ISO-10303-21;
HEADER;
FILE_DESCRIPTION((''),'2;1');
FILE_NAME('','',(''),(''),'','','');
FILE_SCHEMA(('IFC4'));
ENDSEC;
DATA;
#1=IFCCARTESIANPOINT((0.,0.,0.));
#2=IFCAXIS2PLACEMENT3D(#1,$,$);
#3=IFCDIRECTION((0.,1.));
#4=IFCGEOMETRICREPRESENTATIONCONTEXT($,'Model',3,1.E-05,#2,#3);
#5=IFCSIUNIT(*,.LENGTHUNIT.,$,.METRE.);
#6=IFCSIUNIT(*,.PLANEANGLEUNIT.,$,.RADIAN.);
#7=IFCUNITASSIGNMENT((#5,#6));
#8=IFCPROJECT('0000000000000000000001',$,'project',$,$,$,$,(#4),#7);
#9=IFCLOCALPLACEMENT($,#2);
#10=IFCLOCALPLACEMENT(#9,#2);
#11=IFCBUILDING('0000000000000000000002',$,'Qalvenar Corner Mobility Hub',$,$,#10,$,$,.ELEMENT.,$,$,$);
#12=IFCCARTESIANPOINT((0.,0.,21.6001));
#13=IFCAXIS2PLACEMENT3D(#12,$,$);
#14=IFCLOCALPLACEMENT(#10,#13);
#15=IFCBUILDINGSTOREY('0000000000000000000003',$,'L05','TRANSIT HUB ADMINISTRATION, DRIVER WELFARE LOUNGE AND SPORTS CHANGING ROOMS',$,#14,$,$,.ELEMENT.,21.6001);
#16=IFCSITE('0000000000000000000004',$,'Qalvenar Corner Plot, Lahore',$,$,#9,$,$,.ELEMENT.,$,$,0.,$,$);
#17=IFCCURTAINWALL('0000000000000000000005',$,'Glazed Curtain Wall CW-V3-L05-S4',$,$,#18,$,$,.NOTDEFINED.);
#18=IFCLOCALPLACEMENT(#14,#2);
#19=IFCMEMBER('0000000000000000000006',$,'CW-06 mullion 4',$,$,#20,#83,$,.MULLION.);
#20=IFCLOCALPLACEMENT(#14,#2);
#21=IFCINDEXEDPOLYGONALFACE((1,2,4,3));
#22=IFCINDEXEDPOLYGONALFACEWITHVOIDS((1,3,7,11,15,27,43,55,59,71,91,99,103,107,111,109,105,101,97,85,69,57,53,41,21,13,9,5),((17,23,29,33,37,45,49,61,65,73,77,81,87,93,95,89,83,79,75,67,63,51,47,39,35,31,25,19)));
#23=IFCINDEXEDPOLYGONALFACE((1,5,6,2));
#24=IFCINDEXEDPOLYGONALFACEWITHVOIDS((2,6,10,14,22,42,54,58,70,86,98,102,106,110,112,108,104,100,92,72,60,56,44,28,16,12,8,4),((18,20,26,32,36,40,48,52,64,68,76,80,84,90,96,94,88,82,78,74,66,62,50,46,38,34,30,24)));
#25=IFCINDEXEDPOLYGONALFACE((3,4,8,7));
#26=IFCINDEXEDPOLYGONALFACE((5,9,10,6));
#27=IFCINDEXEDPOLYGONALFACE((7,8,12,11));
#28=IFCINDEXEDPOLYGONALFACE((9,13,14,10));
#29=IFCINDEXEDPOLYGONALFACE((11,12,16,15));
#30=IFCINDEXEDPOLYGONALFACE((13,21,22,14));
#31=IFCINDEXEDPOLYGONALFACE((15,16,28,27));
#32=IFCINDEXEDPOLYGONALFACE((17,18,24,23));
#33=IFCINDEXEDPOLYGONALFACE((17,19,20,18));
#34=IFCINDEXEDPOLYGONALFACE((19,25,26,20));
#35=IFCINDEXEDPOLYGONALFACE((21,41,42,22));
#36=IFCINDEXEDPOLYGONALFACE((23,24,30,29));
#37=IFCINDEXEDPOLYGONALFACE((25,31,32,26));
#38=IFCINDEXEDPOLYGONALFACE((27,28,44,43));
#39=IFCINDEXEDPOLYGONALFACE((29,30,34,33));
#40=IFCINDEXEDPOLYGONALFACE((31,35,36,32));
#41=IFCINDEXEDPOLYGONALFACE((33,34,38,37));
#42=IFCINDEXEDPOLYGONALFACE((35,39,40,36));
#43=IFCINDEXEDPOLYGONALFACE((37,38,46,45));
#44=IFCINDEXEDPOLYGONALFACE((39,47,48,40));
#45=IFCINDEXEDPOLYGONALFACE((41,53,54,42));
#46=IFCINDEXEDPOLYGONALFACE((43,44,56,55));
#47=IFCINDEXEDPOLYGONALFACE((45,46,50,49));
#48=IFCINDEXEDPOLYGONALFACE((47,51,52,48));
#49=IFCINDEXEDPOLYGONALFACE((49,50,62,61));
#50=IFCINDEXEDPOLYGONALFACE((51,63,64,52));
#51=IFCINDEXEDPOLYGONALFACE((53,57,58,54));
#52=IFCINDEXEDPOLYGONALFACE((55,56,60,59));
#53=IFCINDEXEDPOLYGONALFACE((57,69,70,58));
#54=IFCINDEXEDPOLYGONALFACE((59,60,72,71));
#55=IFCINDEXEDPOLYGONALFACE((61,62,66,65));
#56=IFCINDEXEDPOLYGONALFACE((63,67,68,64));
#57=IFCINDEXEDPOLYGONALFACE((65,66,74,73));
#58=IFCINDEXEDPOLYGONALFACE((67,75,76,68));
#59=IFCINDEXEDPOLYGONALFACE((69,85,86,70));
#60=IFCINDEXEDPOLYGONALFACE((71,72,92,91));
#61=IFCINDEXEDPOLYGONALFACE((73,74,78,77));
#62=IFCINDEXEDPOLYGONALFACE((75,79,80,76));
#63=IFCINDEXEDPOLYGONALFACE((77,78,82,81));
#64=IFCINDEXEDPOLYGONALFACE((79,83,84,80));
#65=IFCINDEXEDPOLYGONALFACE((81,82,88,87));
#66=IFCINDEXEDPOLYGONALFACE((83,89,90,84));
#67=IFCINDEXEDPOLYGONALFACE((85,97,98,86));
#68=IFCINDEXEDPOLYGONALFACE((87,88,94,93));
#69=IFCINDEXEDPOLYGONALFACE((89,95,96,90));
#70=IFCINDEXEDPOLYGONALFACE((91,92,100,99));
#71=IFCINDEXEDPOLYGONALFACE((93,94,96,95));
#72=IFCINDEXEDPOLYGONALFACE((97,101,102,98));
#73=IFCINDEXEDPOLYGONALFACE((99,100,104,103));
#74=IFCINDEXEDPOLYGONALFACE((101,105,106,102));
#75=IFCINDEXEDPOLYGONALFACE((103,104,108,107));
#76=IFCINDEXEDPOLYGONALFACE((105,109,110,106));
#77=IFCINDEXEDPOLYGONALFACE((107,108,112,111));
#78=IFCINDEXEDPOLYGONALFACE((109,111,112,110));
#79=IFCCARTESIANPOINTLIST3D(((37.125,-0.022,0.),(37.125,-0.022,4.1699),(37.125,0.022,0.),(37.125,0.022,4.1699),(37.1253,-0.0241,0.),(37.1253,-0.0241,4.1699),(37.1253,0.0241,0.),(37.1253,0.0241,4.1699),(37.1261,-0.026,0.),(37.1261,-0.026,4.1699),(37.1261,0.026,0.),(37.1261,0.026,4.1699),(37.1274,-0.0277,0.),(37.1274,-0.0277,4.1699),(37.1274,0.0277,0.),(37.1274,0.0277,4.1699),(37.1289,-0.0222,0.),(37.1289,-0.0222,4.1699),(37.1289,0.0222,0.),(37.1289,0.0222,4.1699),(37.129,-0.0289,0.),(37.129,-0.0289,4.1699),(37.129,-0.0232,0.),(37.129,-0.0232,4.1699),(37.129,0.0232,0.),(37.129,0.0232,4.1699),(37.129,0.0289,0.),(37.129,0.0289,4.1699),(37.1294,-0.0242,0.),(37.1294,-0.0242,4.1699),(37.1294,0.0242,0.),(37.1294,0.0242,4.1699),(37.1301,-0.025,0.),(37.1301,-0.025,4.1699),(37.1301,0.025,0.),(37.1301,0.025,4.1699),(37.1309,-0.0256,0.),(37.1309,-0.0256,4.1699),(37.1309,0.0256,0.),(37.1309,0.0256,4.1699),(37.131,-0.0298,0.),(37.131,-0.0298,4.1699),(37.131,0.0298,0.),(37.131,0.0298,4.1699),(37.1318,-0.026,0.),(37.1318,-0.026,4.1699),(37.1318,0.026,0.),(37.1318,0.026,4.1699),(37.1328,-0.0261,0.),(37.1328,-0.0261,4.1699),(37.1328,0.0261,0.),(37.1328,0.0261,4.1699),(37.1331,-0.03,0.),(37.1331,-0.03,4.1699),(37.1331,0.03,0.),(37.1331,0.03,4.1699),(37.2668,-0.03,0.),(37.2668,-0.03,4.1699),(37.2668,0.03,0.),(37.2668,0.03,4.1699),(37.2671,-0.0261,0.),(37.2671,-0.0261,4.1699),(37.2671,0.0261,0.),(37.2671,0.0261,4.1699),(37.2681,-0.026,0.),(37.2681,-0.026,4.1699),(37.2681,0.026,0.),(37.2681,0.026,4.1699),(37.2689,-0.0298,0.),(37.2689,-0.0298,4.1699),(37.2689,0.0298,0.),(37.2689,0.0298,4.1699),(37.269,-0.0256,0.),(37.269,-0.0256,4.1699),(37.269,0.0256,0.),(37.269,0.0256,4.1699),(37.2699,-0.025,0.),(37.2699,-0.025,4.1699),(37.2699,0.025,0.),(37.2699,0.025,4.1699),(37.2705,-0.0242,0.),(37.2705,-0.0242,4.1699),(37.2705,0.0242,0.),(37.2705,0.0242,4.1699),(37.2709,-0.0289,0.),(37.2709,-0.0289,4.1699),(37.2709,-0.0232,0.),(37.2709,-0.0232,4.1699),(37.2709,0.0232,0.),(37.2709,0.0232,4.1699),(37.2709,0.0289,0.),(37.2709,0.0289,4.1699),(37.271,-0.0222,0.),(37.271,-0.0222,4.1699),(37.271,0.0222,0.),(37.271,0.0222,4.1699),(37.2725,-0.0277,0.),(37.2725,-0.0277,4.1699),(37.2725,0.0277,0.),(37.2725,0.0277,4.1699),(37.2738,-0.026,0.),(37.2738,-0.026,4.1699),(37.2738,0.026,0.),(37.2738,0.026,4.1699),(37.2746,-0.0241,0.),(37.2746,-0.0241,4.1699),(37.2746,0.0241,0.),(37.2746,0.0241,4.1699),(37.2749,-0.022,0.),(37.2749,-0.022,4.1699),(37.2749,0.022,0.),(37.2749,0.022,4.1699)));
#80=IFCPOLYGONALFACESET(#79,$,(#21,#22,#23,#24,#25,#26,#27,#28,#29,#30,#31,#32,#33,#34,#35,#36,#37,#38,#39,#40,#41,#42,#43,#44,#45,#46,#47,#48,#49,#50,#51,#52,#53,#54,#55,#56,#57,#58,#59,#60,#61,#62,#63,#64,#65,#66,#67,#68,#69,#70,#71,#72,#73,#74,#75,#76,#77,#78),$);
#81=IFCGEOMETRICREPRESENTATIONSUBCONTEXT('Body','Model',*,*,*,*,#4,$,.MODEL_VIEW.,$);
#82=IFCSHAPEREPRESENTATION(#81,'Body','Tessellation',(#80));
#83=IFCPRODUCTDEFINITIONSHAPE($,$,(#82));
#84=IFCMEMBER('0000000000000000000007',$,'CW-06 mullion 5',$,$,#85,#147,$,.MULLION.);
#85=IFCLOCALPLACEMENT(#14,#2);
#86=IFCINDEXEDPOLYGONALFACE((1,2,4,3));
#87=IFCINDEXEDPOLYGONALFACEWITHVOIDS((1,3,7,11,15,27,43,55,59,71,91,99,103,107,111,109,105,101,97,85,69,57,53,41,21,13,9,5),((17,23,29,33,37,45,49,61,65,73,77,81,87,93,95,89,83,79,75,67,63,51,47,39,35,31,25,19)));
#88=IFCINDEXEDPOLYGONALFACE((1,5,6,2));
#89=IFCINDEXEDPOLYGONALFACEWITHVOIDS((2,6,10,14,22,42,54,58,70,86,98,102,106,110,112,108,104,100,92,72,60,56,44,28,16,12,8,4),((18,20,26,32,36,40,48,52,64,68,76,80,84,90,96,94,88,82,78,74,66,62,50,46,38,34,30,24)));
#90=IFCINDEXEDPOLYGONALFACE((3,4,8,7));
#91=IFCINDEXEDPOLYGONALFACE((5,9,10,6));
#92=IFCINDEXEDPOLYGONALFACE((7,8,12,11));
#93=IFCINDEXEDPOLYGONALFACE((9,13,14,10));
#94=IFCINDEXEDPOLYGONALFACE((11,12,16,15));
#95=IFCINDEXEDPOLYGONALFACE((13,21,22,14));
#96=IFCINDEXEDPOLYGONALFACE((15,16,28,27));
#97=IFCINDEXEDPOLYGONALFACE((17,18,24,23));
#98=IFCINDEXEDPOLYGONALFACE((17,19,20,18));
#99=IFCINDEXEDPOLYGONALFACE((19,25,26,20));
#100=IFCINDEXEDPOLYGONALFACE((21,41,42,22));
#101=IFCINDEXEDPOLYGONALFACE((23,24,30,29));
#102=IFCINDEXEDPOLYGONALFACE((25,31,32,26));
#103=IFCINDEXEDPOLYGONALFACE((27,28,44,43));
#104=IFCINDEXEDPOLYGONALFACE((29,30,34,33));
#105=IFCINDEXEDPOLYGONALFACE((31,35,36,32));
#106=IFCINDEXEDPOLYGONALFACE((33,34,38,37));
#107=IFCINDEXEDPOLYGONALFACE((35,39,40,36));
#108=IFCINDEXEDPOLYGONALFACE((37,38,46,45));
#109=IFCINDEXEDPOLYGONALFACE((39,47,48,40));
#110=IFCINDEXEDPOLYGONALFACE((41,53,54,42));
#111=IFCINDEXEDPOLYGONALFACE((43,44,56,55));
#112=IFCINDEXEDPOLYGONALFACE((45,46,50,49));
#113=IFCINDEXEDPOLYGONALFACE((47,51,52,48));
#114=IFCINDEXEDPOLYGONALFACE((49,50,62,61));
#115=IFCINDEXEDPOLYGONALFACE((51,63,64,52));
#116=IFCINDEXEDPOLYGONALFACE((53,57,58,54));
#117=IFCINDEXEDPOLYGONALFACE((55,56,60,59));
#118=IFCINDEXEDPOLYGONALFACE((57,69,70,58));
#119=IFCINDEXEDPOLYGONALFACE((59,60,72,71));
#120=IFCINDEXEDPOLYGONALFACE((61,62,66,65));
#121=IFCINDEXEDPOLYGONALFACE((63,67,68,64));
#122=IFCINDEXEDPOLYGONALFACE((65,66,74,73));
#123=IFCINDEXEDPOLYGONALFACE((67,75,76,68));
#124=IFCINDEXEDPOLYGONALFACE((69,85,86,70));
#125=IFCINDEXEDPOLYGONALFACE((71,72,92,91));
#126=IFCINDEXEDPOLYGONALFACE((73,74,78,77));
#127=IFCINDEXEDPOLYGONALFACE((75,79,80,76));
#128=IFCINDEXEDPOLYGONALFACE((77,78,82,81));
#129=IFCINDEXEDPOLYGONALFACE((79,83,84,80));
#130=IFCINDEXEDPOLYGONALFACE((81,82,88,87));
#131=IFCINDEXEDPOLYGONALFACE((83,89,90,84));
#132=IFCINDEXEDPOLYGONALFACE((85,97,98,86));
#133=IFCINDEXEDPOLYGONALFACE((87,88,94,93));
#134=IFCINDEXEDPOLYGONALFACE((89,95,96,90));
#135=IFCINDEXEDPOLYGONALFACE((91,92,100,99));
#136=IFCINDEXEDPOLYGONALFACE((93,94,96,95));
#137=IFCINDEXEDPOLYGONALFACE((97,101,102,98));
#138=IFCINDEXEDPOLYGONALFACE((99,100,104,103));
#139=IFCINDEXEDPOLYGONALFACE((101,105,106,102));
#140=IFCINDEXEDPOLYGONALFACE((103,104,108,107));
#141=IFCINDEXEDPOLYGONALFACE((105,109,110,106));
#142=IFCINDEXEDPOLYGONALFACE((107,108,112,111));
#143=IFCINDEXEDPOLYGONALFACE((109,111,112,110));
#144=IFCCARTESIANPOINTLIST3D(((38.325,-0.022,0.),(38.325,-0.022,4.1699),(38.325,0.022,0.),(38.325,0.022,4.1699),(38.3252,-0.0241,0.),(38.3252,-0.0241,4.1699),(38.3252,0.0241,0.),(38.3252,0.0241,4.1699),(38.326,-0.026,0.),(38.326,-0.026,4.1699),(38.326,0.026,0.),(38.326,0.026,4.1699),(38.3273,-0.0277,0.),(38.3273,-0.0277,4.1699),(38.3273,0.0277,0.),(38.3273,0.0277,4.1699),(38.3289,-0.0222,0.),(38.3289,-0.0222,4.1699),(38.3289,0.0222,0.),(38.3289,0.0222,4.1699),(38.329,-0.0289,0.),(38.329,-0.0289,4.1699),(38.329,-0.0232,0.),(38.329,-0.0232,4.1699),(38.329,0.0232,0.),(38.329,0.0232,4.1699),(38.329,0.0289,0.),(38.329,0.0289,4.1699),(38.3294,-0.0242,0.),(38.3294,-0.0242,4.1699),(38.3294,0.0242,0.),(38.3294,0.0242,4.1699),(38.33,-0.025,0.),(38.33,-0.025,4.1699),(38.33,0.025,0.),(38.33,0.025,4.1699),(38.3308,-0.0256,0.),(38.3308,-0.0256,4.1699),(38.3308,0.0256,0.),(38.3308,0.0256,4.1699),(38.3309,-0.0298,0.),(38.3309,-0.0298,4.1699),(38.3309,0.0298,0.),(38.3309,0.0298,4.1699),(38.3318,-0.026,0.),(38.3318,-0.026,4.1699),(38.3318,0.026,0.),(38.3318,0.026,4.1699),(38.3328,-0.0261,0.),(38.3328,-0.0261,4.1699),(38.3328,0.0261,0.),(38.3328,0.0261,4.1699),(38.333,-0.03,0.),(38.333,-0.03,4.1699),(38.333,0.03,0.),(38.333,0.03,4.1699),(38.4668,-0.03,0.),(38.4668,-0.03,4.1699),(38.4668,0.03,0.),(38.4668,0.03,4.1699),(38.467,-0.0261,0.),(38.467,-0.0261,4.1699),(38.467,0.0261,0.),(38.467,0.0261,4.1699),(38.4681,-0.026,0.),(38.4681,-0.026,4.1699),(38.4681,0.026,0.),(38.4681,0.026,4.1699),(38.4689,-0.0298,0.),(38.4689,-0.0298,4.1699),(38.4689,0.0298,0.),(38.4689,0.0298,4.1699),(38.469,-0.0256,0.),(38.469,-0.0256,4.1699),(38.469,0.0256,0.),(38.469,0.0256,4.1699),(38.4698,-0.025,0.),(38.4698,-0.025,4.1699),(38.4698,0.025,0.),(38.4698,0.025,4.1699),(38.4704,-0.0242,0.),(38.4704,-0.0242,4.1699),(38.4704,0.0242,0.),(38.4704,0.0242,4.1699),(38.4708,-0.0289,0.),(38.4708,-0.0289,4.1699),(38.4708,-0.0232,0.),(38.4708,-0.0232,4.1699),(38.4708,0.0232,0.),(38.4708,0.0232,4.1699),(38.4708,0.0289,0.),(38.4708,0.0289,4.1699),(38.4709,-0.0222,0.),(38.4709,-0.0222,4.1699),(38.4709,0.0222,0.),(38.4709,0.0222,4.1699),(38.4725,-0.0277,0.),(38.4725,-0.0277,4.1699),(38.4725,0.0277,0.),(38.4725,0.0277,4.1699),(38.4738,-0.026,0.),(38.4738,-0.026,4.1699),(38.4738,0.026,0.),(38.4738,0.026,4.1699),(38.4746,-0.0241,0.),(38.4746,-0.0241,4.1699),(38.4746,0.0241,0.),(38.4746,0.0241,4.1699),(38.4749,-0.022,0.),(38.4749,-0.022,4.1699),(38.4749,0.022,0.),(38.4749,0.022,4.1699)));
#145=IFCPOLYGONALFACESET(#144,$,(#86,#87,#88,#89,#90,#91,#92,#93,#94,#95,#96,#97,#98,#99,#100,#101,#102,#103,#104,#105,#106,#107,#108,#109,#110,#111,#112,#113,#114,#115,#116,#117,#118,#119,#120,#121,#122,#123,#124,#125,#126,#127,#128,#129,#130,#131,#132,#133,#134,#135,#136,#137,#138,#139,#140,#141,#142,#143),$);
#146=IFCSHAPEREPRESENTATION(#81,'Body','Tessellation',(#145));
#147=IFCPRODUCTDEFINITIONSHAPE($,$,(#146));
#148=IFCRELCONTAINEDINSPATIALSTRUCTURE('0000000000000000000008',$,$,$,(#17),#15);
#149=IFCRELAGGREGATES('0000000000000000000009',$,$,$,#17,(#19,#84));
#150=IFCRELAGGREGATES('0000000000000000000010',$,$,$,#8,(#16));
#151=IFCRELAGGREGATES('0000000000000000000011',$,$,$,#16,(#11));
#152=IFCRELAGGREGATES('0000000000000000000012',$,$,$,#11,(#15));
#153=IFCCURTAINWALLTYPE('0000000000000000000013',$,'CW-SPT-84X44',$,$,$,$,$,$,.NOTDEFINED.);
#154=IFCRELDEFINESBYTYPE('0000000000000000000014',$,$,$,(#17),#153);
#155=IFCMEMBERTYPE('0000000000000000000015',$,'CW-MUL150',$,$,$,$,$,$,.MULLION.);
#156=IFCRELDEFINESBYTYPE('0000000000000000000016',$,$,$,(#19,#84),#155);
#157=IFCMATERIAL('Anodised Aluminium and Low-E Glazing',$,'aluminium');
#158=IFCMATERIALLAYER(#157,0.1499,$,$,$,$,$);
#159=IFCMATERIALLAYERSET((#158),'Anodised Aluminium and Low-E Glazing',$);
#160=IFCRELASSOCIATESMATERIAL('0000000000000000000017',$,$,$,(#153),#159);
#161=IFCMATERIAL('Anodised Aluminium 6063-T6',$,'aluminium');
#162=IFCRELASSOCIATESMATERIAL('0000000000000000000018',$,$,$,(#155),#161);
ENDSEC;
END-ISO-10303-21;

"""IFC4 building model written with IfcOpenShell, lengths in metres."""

from ifc_helpers import new_model, si_unit, direction, frame, origin, origin_2d, place, context, subcontext, project, spatial, hollow_rectangle, extrude, material, layer, layer_set, material_profile, profile_set, type_object, element, aggregate, save


model = new_model("IFC4")

# Units and contexts
model_context = context("Model", 3, precision=1e-05, world=origin(), true_north=direction((0.0, 1.0)))
body_context = subcontext(model_context, "Body", "Model", "MODEL_VIEW")
ifc_project = project(units=[si_unit("LENGTHUNIT", "METRE"), si_unit("PLANEANGLEUNIT", "RADIAN")], contexts=[model_context])

# Site, building, storey
site_placement = place(None, origin())
site = spatial("IfcSite", under=ifc_project, at=site_placement, Name="Qalvenar Corner Plot, Lahore", CompositionType="ELEMENT", RefElevation=0.0)
building_placement = place(site_placement, origin())
building = spatial("IfcBuilding", under=site, at=building_placement, Name="Qalvenar Corner Mobility Hub", CompositionType="ELEMENT")
storey_placement = place(building_placement, frame((0.0, 0.0, 21.6001)))
storey = spatial("IfcBuildingStorey", under=building, at=storey_placement, Name="L05", Description="TRANSIT HUB ADMINISTRATION, DRIVER WELFARE LOUNGE AND SPORTS CHANGING ROOMS", CompositionType="ELEMENT", Elevation=21.6001)

# Curtain wall, members
ifc_material_1 = material(Name="Anodised Aluminium and Low-E Glazing", Category="aluminium")
ifc_layer_1 = layer(ifc_material_1, 0.1499)
ifc_layer_set_1 = layer_set([ifc_layer_1], Name="Anodised Aluminium and Low-E Glazing")
curtain_wall_type = type_object("IfcCurtainWallType", Name="CW-SPT-84X44", PredefinedType="NOTDEFINED", material=ifc_layer_set_1)
curtain_wall_placement = place(storey_placement, origin())
curtain_wall = element("IfcCurtainWall", 1, at=curtain_wall_placement, inside=storey, type_object=curtain_wall_type, Name="Glazed Curtain Wall CW-V3-L05-S4", PredefinedType="NOTDEFINED")
ifc_material_2 = material(Name="Anodised Aluminium 6063-T6", Category="aluminium")
ifc_material_profile_1 = material_profile(ifc_material_2, hollow_rectangle(XDim=0.0601, YDim=0.1499, WallThickness=0.0039, InnerFilletRadius=0.0039, OuterFilletRadius=0.0081, at=origin_2d()), Name="RHS150x60x4")
ifc_profile_set_1 = profile_set([ifc_material_profile_1], Name="Anodised Aluminium 6063-T6")
member_type_1 = type_object("IfcMemberType", Name="CW-MUL150", PredefinedType="MULLION", material=ifc_profile_set_1)
member_1_placement = place(storey_placement, frame((37.2, 0.0, 0.0), z_axis=(0.0, 0.0, 1.0), x_axis=(0.0, 1.0, 0.0)))
member_1 = element("IfcMember", 2, at=member_1_placement, type_object=member_type_1, Name="CW-06 mullion 4", PredefinedType="MULLION", context=body_context, shape_type="SweptSolid", body=[
    extrude(hollow_rectangle(XDim=0.0601, YDim=0.1499, WallThickness=0.0039, InnerFilletRadius=0.0039, OuterFilletRadius=0.0081, at=origin_2d()), origin(), (0.0, 0.0, 1.0), 4.1699),
])
member_2_placement = place(storey_placement, frame((38.3999, 0.0, 0.0), z_axis=(0.0, 0.0, 1.0), x_axis=(0.0, 1.0, 0.0)))
member_2 = element("IfcMember", 3, at=member_2_placement, type_object=member_type_1, Name="CW-06 mullion 5", PredefinedType="MULLION", context=body_context, shape_type="SweptSolid", body=[
    extrude(hollow_rectangle(XDim=0.0601, YDim=0.1499, WallThickness=0.0039, InnerFilletRadius=0.0039, OuterFilletRadius=0.0081, at=origin_2d()), origin(), (0.0, 0.0, 1.0), 4.1699),
])
aggregate(curtain_wall, [member_1, member_2])

save(model, "model.ifc")
